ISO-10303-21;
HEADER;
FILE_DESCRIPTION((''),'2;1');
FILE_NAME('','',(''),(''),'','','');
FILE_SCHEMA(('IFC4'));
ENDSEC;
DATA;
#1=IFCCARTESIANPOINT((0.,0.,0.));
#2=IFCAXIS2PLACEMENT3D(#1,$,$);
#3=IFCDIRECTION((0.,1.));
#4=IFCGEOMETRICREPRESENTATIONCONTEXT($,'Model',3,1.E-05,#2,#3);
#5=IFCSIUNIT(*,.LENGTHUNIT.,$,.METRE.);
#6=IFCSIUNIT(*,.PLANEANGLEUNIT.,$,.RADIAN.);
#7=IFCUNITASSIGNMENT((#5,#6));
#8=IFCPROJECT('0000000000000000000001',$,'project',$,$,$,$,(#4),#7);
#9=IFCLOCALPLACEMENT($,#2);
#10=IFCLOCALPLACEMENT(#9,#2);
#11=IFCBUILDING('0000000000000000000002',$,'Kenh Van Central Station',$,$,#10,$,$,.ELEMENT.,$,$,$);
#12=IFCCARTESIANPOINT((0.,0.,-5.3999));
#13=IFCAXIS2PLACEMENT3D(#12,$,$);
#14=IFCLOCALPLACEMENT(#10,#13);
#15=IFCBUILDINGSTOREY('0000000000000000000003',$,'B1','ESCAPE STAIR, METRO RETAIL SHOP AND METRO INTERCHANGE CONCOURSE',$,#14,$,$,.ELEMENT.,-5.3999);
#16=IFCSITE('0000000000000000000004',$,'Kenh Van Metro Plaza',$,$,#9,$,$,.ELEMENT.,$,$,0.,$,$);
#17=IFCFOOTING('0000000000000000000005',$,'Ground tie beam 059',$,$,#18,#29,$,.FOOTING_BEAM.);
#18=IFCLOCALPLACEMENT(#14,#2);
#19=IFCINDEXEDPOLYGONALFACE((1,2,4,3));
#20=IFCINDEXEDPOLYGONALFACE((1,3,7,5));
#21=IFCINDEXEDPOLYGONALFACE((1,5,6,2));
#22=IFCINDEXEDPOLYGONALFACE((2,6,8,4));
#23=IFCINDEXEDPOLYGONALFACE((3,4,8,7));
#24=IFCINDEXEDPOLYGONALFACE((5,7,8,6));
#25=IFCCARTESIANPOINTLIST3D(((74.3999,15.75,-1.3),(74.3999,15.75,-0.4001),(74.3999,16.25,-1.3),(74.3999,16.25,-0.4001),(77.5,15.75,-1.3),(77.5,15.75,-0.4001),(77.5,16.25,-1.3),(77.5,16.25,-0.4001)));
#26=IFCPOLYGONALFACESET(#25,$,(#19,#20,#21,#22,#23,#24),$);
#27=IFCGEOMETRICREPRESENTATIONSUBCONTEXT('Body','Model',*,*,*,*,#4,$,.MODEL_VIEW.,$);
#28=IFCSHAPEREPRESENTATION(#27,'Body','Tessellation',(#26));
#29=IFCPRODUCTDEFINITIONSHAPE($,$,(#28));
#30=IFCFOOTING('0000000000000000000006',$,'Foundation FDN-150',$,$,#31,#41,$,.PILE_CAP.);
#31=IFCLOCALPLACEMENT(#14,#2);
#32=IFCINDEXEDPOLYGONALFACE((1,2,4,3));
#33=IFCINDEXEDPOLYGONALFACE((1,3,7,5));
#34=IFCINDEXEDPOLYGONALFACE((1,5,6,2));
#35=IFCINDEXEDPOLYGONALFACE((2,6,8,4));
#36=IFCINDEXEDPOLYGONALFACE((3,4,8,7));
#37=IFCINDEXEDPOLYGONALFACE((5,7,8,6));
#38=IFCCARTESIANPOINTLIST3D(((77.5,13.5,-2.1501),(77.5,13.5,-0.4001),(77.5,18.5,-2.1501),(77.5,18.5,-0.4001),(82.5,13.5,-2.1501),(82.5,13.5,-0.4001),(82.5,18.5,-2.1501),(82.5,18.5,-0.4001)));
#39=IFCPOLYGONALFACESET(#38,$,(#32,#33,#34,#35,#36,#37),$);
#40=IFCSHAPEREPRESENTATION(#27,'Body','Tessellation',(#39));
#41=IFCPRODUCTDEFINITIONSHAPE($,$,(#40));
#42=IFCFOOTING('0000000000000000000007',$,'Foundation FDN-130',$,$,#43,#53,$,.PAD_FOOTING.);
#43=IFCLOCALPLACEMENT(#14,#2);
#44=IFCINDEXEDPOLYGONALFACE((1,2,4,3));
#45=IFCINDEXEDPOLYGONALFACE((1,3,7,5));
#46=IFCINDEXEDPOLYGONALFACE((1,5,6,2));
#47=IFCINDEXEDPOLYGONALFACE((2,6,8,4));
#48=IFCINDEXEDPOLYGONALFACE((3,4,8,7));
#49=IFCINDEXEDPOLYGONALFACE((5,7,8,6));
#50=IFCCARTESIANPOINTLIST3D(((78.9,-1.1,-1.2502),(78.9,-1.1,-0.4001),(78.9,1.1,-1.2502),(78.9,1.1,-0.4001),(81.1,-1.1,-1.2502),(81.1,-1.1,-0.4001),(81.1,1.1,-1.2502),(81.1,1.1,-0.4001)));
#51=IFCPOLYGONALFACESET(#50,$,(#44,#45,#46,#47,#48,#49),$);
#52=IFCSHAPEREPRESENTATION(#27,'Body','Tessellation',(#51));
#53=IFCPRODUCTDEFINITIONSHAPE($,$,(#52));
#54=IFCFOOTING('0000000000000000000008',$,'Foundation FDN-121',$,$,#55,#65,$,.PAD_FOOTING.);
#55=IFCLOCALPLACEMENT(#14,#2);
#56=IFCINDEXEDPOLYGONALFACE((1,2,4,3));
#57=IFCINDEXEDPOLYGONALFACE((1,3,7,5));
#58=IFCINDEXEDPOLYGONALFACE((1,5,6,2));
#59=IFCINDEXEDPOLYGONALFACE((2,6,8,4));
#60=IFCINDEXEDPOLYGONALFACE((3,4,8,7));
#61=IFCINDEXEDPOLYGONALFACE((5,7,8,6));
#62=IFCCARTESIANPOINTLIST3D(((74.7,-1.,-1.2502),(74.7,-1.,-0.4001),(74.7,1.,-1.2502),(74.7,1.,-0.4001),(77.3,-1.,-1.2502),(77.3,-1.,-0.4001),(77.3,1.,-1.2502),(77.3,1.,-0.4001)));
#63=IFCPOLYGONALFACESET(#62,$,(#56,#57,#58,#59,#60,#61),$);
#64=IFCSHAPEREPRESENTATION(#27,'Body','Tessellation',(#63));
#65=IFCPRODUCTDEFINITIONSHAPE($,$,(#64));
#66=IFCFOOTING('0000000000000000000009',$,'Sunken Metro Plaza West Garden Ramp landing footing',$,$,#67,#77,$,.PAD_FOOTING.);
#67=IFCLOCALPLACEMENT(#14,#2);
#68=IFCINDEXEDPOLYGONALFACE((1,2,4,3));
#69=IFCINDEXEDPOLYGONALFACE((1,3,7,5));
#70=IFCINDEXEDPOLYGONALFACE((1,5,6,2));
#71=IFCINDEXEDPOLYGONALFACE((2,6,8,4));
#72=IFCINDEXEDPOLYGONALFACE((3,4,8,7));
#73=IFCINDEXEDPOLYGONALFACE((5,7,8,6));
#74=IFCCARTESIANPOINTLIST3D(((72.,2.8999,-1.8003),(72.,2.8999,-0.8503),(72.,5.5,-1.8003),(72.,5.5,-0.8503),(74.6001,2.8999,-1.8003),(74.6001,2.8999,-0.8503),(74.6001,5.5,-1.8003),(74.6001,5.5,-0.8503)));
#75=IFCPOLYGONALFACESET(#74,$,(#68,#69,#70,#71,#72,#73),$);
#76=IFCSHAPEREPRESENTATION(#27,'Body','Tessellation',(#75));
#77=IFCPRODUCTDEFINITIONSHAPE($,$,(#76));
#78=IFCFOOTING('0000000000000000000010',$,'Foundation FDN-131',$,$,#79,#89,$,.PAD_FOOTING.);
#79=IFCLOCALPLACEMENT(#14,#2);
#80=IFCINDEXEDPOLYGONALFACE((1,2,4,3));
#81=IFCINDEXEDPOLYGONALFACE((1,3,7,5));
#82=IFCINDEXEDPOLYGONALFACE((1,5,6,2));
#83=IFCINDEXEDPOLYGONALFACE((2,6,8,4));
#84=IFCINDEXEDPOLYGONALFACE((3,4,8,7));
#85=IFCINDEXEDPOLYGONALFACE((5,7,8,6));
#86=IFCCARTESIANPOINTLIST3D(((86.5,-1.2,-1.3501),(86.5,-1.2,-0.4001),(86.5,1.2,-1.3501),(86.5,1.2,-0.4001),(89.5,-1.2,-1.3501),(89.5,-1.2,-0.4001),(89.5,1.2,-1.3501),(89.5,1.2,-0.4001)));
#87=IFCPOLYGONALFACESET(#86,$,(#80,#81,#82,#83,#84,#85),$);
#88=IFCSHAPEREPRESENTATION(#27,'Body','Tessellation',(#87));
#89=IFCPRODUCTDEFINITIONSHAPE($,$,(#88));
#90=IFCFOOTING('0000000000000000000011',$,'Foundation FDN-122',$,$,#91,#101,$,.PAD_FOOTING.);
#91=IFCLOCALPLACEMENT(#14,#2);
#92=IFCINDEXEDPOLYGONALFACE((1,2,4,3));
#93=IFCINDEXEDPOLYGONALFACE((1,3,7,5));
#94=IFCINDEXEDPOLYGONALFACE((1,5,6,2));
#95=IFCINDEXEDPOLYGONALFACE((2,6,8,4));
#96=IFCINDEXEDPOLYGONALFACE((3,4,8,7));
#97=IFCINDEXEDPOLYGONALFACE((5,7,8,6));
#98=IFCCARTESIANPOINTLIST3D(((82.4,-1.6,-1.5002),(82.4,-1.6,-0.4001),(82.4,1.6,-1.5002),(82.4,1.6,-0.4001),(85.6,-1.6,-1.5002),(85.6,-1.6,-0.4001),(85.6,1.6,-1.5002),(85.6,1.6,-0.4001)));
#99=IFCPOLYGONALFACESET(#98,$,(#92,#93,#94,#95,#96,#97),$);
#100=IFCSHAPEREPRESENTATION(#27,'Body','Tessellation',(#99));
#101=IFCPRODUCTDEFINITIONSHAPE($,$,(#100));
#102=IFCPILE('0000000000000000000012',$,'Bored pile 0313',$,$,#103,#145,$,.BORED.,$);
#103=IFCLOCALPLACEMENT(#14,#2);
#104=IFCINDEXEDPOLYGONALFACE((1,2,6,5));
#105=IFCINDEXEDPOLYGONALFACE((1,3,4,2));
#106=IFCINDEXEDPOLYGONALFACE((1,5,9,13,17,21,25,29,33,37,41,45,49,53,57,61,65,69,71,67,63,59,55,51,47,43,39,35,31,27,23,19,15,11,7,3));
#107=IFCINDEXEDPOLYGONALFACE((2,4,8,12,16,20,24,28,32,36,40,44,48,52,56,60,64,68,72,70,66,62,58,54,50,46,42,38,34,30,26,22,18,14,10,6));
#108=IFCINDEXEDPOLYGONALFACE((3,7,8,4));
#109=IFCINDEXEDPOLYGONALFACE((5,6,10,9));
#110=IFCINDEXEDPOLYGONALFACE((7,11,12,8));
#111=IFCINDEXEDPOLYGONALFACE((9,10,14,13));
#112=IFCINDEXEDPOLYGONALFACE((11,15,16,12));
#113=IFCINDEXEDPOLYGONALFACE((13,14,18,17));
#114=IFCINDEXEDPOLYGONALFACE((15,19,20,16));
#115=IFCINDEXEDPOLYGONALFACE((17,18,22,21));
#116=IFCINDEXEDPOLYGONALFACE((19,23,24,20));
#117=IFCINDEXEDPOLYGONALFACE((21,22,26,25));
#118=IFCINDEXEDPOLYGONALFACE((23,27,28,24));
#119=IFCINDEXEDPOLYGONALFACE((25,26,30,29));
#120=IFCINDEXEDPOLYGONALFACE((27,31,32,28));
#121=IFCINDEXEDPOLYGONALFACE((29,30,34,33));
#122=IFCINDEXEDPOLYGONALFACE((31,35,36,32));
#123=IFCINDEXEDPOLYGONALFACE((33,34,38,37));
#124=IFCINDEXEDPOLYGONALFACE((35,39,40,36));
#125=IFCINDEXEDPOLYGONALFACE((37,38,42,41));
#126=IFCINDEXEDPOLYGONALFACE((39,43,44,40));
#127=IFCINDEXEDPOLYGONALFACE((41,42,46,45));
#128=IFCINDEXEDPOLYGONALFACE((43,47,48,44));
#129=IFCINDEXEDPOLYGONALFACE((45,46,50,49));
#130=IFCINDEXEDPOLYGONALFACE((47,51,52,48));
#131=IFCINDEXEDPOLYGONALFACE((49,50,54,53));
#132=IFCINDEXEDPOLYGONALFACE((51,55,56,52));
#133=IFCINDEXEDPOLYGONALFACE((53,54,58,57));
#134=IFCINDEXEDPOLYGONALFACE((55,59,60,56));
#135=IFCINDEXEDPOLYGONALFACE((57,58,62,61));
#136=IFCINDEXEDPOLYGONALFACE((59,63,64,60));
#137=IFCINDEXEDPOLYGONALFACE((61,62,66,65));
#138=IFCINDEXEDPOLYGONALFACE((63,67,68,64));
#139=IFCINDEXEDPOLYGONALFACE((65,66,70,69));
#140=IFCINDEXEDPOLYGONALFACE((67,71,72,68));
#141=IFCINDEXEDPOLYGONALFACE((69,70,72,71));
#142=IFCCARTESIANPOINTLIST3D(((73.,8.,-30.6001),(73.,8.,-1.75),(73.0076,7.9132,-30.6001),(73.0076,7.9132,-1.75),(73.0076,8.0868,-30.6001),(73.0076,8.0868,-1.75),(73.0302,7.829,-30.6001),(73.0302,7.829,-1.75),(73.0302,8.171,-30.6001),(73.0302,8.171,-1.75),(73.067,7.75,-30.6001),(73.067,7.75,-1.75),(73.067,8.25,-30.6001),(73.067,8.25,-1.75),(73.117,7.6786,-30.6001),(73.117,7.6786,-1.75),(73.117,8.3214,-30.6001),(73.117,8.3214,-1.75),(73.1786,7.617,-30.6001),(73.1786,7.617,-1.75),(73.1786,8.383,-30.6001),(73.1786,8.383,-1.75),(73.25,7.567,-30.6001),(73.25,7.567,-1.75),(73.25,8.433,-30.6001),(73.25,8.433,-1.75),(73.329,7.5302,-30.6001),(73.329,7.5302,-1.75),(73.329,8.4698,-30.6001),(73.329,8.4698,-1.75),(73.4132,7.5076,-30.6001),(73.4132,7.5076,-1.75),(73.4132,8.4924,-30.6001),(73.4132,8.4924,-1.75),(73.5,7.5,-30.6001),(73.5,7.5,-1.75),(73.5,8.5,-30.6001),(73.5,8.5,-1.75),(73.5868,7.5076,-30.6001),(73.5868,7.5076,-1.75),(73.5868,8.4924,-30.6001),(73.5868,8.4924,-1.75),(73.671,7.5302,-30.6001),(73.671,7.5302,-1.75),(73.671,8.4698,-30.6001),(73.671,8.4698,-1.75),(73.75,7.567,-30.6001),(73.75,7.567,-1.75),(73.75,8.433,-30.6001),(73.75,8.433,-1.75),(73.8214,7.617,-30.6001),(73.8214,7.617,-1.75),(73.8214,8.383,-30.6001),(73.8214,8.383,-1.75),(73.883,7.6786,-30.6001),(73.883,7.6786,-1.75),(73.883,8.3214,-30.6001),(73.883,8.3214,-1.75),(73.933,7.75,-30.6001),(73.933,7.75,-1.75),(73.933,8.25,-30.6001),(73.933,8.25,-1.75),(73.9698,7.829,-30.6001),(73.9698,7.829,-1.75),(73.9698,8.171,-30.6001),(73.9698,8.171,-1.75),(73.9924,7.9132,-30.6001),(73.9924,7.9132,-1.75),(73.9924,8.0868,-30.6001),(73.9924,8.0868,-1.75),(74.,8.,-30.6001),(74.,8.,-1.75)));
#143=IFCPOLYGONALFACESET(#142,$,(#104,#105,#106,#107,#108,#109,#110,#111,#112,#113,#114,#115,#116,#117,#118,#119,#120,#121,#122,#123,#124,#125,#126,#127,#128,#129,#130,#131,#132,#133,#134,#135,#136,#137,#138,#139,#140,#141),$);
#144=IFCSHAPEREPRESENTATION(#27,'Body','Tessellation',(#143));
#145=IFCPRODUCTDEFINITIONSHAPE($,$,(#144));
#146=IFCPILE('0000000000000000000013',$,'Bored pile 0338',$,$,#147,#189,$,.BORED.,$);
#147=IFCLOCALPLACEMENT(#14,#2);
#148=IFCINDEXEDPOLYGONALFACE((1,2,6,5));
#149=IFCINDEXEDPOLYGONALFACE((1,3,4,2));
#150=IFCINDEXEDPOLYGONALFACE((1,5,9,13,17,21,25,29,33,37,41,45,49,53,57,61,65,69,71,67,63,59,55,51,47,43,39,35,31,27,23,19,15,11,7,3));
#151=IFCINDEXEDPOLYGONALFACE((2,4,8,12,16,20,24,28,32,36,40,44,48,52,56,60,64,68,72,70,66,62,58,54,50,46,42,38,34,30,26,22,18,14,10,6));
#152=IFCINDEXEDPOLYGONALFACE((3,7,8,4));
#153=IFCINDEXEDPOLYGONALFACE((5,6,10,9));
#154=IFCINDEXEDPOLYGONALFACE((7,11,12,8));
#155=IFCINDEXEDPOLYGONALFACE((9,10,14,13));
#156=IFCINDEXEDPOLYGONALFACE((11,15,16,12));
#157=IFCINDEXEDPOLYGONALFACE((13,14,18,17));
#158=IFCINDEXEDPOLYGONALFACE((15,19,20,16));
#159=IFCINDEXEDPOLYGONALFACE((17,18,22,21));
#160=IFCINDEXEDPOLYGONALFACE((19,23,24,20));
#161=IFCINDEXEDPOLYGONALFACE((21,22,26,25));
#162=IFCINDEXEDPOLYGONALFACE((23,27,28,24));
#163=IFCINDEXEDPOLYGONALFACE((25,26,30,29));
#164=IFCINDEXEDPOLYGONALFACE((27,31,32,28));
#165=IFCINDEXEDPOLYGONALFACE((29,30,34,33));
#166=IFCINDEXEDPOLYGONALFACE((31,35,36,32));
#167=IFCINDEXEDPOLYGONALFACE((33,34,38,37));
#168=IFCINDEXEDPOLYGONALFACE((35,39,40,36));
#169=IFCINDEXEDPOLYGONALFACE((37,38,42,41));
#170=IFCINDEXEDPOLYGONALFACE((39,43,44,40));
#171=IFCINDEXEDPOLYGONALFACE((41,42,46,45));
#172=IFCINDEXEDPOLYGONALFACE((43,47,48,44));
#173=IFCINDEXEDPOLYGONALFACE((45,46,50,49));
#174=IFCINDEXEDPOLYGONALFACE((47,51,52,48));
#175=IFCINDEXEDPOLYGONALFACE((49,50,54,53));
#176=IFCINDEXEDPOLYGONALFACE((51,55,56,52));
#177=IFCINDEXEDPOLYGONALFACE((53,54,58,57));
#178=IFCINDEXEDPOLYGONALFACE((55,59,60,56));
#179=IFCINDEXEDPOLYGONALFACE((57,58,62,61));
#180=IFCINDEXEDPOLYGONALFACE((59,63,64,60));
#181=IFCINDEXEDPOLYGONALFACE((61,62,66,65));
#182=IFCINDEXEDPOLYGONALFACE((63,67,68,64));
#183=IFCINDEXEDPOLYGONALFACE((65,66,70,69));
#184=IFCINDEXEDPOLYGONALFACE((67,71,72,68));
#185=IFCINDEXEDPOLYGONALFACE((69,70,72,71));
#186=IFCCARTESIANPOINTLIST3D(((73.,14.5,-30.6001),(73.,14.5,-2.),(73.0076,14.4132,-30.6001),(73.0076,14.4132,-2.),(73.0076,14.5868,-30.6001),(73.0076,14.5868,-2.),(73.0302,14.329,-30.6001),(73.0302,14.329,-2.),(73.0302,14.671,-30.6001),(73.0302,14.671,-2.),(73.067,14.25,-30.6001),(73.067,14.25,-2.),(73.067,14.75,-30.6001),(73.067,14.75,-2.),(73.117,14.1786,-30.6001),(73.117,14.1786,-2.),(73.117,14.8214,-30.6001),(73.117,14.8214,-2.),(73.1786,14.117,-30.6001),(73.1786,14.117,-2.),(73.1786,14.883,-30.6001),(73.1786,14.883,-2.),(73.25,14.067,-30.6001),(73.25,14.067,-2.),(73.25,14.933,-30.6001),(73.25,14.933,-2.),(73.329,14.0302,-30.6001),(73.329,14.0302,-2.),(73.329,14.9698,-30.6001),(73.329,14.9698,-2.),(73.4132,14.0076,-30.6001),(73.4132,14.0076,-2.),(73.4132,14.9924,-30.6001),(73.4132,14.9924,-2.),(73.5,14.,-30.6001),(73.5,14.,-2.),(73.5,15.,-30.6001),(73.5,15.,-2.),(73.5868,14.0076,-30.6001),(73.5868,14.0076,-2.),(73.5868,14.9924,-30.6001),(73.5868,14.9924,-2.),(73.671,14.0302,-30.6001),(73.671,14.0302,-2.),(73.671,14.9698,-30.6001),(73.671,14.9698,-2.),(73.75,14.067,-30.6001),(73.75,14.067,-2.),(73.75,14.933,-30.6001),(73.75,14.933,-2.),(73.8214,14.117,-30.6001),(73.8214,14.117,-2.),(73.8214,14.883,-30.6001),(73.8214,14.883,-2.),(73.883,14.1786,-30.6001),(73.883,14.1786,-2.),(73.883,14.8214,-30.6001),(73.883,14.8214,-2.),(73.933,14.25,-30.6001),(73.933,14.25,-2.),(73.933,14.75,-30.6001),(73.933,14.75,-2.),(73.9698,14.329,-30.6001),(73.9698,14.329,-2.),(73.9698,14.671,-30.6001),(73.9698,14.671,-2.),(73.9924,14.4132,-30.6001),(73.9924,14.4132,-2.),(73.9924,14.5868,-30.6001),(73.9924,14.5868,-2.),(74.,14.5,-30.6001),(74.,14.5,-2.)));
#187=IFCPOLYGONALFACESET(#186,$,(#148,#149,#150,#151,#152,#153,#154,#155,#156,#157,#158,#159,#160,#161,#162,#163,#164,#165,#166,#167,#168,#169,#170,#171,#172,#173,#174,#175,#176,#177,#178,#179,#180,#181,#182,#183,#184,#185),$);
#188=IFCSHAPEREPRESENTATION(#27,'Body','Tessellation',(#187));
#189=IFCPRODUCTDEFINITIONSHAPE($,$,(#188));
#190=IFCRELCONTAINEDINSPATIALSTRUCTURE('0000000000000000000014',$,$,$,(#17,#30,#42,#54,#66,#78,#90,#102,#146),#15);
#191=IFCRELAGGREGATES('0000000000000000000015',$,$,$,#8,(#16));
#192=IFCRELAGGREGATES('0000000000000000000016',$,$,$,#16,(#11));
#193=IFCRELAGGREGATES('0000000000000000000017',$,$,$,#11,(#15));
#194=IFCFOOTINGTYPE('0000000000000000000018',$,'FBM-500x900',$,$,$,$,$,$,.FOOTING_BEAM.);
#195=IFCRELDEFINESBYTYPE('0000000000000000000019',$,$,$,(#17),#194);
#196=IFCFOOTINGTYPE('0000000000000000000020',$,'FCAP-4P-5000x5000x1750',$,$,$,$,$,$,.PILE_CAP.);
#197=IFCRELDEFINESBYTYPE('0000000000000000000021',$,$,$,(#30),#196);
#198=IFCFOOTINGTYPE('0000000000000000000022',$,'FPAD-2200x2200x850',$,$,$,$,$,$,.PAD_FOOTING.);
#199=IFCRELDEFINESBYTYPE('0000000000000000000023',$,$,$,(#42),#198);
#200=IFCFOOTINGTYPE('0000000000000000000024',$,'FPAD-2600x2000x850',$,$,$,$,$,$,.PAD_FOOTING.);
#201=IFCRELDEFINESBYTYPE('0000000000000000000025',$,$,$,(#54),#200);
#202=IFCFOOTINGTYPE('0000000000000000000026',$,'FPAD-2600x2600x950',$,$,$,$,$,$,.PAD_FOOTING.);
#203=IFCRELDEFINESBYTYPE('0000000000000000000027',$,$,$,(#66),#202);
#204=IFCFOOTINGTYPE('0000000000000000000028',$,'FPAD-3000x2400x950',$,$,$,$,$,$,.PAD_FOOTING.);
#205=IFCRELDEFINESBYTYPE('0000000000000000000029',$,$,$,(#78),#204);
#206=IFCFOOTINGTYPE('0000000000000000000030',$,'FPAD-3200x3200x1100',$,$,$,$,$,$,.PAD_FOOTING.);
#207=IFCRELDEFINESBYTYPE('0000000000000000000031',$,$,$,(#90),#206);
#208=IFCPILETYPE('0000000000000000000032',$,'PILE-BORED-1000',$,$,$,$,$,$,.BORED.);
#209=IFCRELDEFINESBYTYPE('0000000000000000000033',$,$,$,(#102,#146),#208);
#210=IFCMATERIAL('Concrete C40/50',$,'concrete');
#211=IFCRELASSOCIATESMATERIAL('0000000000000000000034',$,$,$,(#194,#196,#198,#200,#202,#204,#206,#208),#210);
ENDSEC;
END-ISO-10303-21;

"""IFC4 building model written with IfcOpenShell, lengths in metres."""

from ifc_helpers import new_model, si_unit, direction, frame, origin, origin_2d, place, context, subcontext, project, spatial, rectangle, circle, extrude, material, material_profile, profile_set, type_object, element, save


model = new_model("IFC4")

# Units and contexts
model_context = context("Model", 3, precision=1e-05, world=origin(), true_north=direction((0.0, 1.0)))
body_context = subcontext(model_context, "Body", "Model", "MODEL_VIEW")
ifc_project = project(units=[si_unit("LENGTHUNIT", "METRE"), si_unit("PLANEANGLEUNIT", "RADIAN")], contexts=[model_context])

# Site, building, storey
site_placement = place(None, origin())
site = spatial("IfcSite", under=ifc_project, at=site_placement, Name="Kenh Van Metro Plaza", CompositionType="ELEMENT", RefElevation=0.0)
building_placement = place(site_placement, origin())
building = spatial("IfcBuilding", under=site, at=building_placement, Name="Kenh Van Central Station", CompositionType="ELEMENT")
storey_placement = place(building_placement, frame((0.0, 0.0, -5.3999)))
storey = spatial("IfcBuildingStorey", under=building, at=storey_placement, Name="B1", Description="ESCAPE STAIR, METRO RETAIL SHOP AND METRO INTERCHANGE CONCOURSE", CompositionType="ELEMENT", Elevation=-5.3999)

# Footings
ifc_material_1 = material(Name="Concrete C40/50", Category="concrete")
ifc_material_profile_1 = material_profile(ifc_material_1, rectangle(XDim=0.5, YDim=0.8999, at=origin_2d()), Name="RC 500x900")
ifc_profile_set_1 = profile_set([ifc_material_profile_1], Name="Concrete C40/50")
footing_type_1 = type_object("IfcFootingType", Name="FBM-500x900", PredefinedType="FOOTING_BEAM", material=ifc_profile_set_1)
footing_1_placement = place(storey_placement, frame((74.3999, 16.0, -0.8501), z_axis=(1.0, 0.0, 0.0), x_axis=(0.0, 1.0, 0.0)))
element("IfcFooting", 1, at=footing_1_placement, inside=storey, type_object=footing_type_1, Name="Ground tie beam 059", PredefinedType="FOOTING_BEAM", context=body_context, shape_type="SweptSolid", body=[
    extrude(rectangle(XDim=0.5, YDim=0.8999, at=origin_2d()), origin(), (0.0, 0.0, 1.0), 3.1001),
])
footing_type_2 = type_object("IfcFootingType", Name="FCAP-4P-5000x5000x1750", PredefinedType="PILE_CAP", material=ifc_material_1)
footing_2_placement = place(storey_placement, frame((80.0, 16.0, -2.1501), z_axis=(0.0, 0.0, 1.0), x_axis=(1.0, 0.0, 0.0)))
element("IfcFooting", 2, at=footing_2_placement, inside=storey, type_object=footing_type_2, Name="Foundation FDN-150", PredefinedType="PILE_CAP", context=body_context, shape_type="SweptSolid", body=[
    extrude(rectangle(XDim=5.0, YDim=5.0, at=origin_2d()), origin(), (0.0, 0.0, 1.0), 1.75),
])
footing_type_3 = type_object("IfcFootingType", Name="FPAD-2200x2200x850", PredefinedType="PAD_FOOTING", material=ifc_material_1)
footing_3_placement = place(storey_placement, frame((80.0, 0.0, -1.2502), z_axis=(0.0, 0.0, 1.0), x_axis=(1.0, 0.0, 0.0)))
element("IfcFooting", 3, at=footing_3_placement, inside=storey, type_object=footing_type_3, Name="Foundation FDN-130", PredefinedType="PAD_FOOTING", context=body_context, shape_type="SweptSolid", body=[
    extrude(rectangle(XDim=2.2, YDim=2.2, at=origin_2d()), origin(), (0.0, 0.0, 1.0), 0.8501),
])
footing_type_4 = type_object("IfcFootingType", Name="FPAD-2600x2000x850", PredefinedType="PAD_FOOTING", material=ifc_material_1)
footing_4_placement = place(storey_placement, frame((76.0, 0.0, -1.2502), z_axis=(0.0, 0.0, 1.0), x_axis=(1.0, 0.0, 0.0)))
element("IfcFooting", 4, at=footing_4_placement, inside=storey, type_object=footing_type_4, Name="Foundation FDN-121", PredefinedType="PAD_FOOTING", context=body_context, shape_type="SweptSolid", body=[
    extrude(rectangle(XDim=2.6001, YDim=2.0, at=origin_2d()), origin(), (0.0, 0.0, 1.0), 0.8501),
])
footing_type_5 = type_object("IfcFootingType", Name="FPAD-2600x2600x950", PredefinedType="PAD_FOOTING", material=ifc_material_1)
footing_5_placement = place(storey_placement, frame((73.3, 4.2, -1.8003), z_axis=(0.0, 0.0, 1.0), x_axis=(1.0, 0.0, 0.0)))
element("IfcFooting", 5, at=footing_5_placement, inside=storey, type_object=footing_type_5, Name="Sunken Metro Plaza West Garden Ramp landing footing", PredefinedType="PAD_FOOTING", context=body_context, shape_type="SweptSolid", body=[
    extrude(rectangle(XDim=2.6001, YDim=2.6001, at=origin_2d()), origin(), (0.0, 0.0, 1.0), 0.95),
])
footing_type_6 = type_object("IfcFootingType", Name="FPAD-3000x2400x950", PredefinedType="PAD_FOOTING", material=ifc_material_1)
footing_6_placement = place(storey_placement, frame((88.0, 0.0, -1.3501), z_axis=(0.0, 0.0, 1.0), x_axis=(1.0, 0.0, 0.0)))
element("IfcFooting", 6, at=footing_6_placement, inside=storey, type_object=footing_type_6, Name="Foundation FDN-131", PredefinedType="PAD_FOOTING", context=body_context, shape_type="SweptSolid", body=[
    extrude(rectangle(XDim=3.0, YDim=2.3999, at=origin_2d()), origin(), (0.0, 0.0, 1.0), 0.95),
])
footing_type_7 = type_object("IfcFootingType", Name="FPAD-3200x3200x1100", PredefinedType="PAD_FOOTING", material=ifc_material_1)
footing_7_placement = place(storey_placement, frame((84.0, 0.0, -1.5002), z_axis=(0.0, 0.0, 1.0), x_axis=(1.0, 0.0, 0.0)))
element("IfcFooting", 7, at=footing_7_placement, inside=storey, type_object=footing_type_7, Name="Foundation FDN-122", PredefinedType="PAD_FOOTING", context=body_context, shape_type="SweptSolid", body=[
    extrude(rectangle(XDim=3.2, YDim=3.2, at=origin_2d()), origin(), (0.0, 0.0, 1.0), 1.1001),
])

# Piles
ifc_material_profile_2 = material_profile(ifc_material_1, circle(Radius=0.5, at=origin_2d()), Name="PILE D1000")
ifc_profile_set_2 = profile_set([ifc_material_profile_2], Name="Concrete C40/50")
pile_type = type_object("IfcPileType", Name="PILE-BORED-1000", PredefinedType="BORED", material=ifc_profile_set_2)
pile_1_placement = place(storey_placement, frame((73.5, 8.0, -1.75), z_axis=(0.0, 0.0, -1.0), x_axis=(1.0, 0.0, 0.0)))
element("IfcPile", 8, at=pile_1_placement, inside=storey, type_object=pile_type, Name="Bored pile 0313", PredefinedType="BORED", context=body_context, shape_type="SweptSolid", body=[
    extrude(circle(Radius=0.5, at=origin_2d()), origin(), (0.0, 0.0, 1.0), 28.8501),
])
pile_2_placement = place(storey_placement, frame((73.5, 14.5, -2.0), z_axis=(0.0, 0.0, -1.0), x_axis=(1.0, 0.0, 0.0)))
element("IfcPile", 9, at=pile_2_placement, inside=storey, type_object=pile_type, Name="Bored pile 0338", PredefinedType="BORED", context=body_context, shape_type="SweptSolid", body=[
    extrude(circle(Radius=0.5, at=origin_2d()), origin(), (0.0, 0.0, 1.0), 28.6001),
])

save(model, "model.ifc")
